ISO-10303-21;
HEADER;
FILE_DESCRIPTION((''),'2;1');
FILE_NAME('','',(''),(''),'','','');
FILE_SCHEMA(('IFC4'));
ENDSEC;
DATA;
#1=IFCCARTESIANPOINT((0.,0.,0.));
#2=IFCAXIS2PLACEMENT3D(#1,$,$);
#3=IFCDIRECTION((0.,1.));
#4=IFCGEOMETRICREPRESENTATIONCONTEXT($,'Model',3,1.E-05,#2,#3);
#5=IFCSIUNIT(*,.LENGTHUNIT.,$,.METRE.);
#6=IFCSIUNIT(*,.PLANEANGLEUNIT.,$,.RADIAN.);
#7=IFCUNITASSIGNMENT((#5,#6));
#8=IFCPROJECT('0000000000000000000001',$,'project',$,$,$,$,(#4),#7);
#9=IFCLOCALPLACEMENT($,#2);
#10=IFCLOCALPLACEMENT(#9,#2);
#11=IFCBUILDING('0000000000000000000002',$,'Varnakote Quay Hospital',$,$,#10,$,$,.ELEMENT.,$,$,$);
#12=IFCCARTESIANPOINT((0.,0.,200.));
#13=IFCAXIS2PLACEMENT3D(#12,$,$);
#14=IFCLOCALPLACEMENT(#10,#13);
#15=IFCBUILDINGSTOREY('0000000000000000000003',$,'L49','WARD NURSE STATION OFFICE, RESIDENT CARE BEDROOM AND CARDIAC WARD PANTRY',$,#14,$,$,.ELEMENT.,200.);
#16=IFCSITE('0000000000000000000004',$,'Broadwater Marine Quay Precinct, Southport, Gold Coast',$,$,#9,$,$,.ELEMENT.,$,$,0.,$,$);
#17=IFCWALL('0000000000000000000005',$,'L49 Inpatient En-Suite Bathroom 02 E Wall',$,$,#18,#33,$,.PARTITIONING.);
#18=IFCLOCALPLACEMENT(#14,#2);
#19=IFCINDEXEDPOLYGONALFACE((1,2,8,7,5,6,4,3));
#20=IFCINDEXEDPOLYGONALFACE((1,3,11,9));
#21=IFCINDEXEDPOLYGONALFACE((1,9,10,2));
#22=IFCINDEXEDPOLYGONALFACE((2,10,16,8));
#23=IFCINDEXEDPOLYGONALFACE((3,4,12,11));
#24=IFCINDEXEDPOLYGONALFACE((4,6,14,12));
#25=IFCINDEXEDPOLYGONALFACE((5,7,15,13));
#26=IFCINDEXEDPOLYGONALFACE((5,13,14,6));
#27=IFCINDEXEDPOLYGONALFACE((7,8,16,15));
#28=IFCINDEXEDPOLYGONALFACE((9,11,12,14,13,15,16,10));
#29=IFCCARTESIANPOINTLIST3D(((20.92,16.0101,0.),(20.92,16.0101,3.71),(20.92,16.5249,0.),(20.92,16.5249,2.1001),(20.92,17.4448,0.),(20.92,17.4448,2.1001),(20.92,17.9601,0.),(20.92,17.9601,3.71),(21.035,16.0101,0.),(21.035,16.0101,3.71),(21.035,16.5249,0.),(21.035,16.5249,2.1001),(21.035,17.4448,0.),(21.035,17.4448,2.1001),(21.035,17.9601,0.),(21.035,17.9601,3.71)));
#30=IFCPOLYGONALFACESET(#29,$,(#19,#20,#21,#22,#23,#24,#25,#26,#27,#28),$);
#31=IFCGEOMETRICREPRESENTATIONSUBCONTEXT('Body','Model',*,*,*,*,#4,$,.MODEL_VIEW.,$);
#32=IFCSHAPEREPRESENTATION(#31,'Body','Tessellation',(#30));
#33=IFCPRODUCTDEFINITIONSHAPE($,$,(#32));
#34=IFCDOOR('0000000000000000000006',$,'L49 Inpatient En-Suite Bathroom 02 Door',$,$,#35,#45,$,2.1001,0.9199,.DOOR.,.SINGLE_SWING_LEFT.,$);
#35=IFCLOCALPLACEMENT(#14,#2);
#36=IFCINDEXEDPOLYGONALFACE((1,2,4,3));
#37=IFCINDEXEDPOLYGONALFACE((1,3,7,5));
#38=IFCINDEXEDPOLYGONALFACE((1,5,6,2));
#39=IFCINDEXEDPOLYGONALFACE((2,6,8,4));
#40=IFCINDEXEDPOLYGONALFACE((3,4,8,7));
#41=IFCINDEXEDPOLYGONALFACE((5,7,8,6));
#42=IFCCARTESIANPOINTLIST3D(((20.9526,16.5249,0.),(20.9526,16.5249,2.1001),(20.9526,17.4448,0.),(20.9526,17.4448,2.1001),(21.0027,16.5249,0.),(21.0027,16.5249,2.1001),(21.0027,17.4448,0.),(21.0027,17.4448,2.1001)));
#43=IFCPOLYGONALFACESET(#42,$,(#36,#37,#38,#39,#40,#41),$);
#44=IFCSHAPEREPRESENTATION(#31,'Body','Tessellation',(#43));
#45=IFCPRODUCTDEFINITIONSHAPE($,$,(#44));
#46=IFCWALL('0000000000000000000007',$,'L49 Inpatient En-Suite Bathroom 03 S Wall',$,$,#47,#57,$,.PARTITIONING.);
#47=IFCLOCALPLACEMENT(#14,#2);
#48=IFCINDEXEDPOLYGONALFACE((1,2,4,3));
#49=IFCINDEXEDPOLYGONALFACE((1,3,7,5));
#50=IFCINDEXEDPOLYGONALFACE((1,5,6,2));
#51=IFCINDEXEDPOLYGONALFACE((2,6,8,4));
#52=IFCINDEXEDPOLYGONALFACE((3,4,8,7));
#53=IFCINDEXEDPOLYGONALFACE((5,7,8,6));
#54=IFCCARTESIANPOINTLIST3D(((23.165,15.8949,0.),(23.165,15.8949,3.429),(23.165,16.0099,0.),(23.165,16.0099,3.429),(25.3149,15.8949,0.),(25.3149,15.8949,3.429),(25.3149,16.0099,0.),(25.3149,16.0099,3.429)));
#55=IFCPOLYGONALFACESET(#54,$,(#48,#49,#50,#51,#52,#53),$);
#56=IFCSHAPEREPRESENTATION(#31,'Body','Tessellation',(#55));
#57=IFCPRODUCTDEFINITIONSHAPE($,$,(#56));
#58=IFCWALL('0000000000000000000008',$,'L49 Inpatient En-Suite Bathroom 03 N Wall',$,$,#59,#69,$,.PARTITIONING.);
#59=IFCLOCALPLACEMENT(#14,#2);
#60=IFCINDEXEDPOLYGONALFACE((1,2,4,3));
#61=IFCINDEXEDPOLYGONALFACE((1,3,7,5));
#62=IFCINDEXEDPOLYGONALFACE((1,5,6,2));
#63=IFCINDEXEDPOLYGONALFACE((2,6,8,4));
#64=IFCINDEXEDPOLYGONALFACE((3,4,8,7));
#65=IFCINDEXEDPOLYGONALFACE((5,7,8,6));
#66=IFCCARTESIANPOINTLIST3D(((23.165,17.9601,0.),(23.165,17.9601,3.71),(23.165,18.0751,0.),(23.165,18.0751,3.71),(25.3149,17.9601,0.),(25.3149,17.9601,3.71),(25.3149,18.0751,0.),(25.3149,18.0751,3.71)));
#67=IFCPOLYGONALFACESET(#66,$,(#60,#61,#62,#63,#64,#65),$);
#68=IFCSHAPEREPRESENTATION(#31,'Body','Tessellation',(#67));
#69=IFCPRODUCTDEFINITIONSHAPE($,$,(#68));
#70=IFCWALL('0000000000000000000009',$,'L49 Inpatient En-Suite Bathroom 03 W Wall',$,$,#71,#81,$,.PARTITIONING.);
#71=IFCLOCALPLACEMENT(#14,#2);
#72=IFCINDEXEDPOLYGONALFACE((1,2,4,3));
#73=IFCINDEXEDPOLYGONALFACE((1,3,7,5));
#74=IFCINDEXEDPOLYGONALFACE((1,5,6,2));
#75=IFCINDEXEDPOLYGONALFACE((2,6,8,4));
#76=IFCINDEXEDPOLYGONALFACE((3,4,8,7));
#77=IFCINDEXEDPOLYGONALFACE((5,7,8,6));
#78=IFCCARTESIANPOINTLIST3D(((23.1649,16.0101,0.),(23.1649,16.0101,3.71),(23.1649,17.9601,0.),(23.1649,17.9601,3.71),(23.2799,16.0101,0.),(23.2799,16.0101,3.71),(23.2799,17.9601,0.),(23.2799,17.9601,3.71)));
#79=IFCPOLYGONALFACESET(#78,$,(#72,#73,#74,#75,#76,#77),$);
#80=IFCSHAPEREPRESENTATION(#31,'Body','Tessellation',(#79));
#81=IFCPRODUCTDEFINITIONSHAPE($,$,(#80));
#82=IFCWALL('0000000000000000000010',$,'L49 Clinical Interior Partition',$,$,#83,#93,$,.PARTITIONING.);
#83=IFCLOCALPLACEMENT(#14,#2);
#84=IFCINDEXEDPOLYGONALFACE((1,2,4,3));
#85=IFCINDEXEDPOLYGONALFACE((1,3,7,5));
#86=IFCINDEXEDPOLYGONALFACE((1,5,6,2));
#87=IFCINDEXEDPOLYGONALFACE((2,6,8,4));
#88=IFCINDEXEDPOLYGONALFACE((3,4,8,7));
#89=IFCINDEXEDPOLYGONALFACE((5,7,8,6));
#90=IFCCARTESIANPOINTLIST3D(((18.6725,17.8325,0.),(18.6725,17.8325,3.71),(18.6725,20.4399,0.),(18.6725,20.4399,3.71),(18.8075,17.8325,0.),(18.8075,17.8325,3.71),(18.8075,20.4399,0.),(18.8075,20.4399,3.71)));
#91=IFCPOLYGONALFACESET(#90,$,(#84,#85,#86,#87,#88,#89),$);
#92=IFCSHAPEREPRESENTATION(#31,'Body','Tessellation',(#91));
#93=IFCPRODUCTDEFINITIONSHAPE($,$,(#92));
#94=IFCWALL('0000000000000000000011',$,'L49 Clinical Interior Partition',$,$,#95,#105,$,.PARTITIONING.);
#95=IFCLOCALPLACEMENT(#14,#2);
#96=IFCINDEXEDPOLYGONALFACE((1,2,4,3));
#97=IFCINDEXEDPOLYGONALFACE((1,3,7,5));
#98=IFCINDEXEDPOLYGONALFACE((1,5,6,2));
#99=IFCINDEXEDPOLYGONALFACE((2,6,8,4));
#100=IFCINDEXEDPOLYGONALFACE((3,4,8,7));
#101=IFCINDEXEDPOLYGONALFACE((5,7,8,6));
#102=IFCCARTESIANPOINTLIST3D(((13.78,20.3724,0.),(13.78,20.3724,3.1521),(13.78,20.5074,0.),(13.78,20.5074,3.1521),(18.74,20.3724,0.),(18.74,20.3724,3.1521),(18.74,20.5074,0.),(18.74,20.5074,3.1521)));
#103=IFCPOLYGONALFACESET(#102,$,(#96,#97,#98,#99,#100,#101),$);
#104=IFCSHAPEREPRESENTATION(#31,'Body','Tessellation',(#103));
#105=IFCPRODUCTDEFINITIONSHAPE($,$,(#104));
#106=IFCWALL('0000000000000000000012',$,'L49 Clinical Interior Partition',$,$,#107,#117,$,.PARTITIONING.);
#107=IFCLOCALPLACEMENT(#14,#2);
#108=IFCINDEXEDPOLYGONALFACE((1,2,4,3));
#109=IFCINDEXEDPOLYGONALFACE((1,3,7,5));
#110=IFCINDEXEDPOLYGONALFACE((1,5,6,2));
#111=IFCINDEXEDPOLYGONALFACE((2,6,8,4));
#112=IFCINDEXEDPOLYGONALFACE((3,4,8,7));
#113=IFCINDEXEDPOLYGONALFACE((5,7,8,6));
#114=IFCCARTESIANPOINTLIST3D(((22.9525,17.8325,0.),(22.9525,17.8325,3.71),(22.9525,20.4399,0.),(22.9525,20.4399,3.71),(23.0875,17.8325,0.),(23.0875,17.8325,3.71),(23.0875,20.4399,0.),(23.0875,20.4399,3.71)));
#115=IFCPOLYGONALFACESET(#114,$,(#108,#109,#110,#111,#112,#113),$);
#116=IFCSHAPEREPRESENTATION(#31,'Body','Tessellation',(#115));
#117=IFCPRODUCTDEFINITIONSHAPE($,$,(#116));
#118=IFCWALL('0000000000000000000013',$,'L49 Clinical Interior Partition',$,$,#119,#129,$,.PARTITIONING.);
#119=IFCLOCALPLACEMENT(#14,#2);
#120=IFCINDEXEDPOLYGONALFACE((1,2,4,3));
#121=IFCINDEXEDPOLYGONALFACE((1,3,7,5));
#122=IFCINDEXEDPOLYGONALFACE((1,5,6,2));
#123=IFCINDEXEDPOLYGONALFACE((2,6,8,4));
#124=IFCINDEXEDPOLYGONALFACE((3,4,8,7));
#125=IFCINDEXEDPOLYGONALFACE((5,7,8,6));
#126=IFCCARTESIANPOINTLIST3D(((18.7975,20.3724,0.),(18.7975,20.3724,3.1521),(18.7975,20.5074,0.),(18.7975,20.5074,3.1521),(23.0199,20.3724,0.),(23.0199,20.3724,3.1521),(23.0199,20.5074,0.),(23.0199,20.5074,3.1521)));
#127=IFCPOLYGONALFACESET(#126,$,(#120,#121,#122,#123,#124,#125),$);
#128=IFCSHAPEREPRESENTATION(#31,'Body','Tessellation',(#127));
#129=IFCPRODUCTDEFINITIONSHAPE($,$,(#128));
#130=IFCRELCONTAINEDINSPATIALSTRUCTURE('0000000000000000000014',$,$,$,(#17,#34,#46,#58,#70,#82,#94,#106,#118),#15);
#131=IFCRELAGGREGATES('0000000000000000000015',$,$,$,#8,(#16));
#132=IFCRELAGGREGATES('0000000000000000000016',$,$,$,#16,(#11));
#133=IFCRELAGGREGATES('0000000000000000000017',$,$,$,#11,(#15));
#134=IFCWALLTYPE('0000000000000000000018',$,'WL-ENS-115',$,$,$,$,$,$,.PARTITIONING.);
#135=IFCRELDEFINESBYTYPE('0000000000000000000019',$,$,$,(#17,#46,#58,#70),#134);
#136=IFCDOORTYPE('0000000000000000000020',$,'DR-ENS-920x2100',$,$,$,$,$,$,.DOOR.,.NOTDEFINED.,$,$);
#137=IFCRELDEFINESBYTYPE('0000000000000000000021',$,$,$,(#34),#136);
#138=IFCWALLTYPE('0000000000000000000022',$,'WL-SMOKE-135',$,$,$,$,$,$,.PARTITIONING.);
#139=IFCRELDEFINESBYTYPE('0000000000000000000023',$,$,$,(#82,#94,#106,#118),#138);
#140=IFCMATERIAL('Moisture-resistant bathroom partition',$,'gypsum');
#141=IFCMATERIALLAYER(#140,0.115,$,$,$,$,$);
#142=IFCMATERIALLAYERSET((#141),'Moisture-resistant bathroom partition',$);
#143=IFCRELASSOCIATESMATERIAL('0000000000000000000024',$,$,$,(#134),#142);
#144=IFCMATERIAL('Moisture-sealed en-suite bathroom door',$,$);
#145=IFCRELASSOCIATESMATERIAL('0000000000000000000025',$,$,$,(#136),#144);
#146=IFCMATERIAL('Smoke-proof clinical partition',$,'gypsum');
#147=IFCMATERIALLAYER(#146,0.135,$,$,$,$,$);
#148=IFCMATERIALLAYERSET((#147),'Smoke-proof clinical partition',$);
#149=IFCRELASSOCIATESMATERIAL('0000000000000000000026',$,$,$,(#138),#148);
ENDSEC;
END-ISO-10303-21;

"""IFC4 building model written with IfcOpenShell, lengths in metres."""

from ifc_helpers import new_model, si_unit, direction, frame, frame_2d, origin, place, context, subcontext, project, spatial, rectangle, extrude, material, layer, layer_set, type_object, element, fill, save


model = new_model("IFC4")

# Units and contexts
model_context = context("Model", 3, precision=1e-05, world=origin(), true_north=direction((0.0, 1.0)))
body_context = subcontext(model_context, "Body", "Model", "MODEL_VIEW")
ifc_project = project(units=[si_unit("LENGTHUNIT", "METRE"), si_unit("PLANEANGLEUNIT", "RADIAN")], contexts=[model_context])

# Site, building, storey
site_placement = place(None, origin())
site = spatial("IfcSite", under=ifc_project, at=site_placement, Name="Broadwater Marine Quay Precinct, Southport, Gold Coast", CompositionType="ELEMENT", RefElevation=0.0)
building_placement = place(site_placement, origin())
building = spatial("IfcBuilding", under=site, at=building_placement, Name="Varnakote Quay Hospital", CompositionType="ELEMENT")
storey_placement = place(building_placement, frame((0.0, 0.0, 200.0)))
storey = spatial("IfcBuildingStorey", under=building, at=storey_placement, Name="L49", Description="WARD NURSE STATION OFFICE, RESIDENT CARE BEDROOM AND CARDIAC WARD PANTRY", CompositionType="ELEMENT", Elevation=200.0)

# Shared definitions
ifc_material_1 = material(Name="Moisture-resistant bathroom partition", Category="gypsum")
ifc_layer_1 = layer(ifc_material_1, 0.115)
ifc_layer_set_1 = layer_set([ifc_layer_1], Name="Moisture-resistant bathroom partition")
wall_type_1 = type_object("IfcWallType", Name="WL-ENS-115", PredefinedType="PARTITIONING", material=ifc_layer_set_1)

# Shared definitions
ifc_material_2 = material(Name="Moisture-sealed en-suite bathroom door")
door_type_1 = type_object("IfcDoorType", Name="DR-ENS-920x2100", OperationType="NOTDEFINED", PredefinedType="DOOR", material=ifc_material_2)

# Wall, opening, door
wall_1_placement = place(storey_placement, frame((20.9775, 16.01, 0.0), z_axis=(0.0, 0.0, 1.0), x_axis=(0.0, 1.0, 0.0)))
wall_1 = element("IfcWall", 1, at=wall_1_placement, inside=storey, type_object=wall_type_1, Name="L49 Inpatient En-Suite Bathroom 02 E Wall", PredefinedType="PARTITIONING", context=body_context, shape_type="SweptSolid", body=[
    extrude(rectangle(XDim=1.95, YDim=0.115, at=frame_2d((0.9751, 0.0))), origin(), (0.0, 0.0, 1.0), 3.71),
])
opening_1_placement = place(wall_1_placement, frame((0.5149, 0.0, 0.0)))
opening_1 = element("IfcOpeningElement", 2, at=opening_1_placement, cuts=wall_1, PredefinedType="OPENING", context=body_context, shape_type="SweptSolid", body=[
    extrude(rectangle(XDim=0.9199, YDim=2.1001, at=frame_2d((0.46, 1.05))), frame((0.0, 0.0674, 0.0), z_axis=(0.0, -1.0, 0.0), x_axis=(1.0, 0.0, 0.0)), (0.0, 0.0, 1.0), 0.135),
])
door_1_placement = place(opening_1_placement, origin())
door_1 = element("IfcDoor", 3, at=door_1_placement, inside=storey, type_object=door_type_1, Name="L49 Inpatient En-Suite Bathroom 02 Door", OperationType="SINGLE_SWING_LEFT", OverallHeight=2.1001, OverallWidth=0.9199, PredefinedType="DOOR", context=body_context, shape_type="SweptSolid", body=[
    extrude(rectangle(XDim=0.9199, YDim=2.1001, at=frame_2d((0.46, 1.05))), frame((0.0, 0.0249, 0.0), z_axis=(0.0, -1.0, 0.0), x_axis=(1.0, 0.0, 0.0)), (0.0, 0.0, 1.0), 0.05),
])
fill(opening_1, door_1)

# Walls
wall_2_placement = place(storey_placement, frame((23.165, 15.9524, 0.0), z_axis=(0.0, 0.0, 1.0), x_axis=(1.0, 0.0, 0.0)))
element("IfcWall", 4, at=wall_2_placement, inside=storey, type_object=wall_type_1, Name="L49 Inpatient En-Suite Bathroom 03 S Wall", PredefinedType="PARTITIONING", context=body_context, shape_type="SweptSolid", body=[
    extrude(rectangle(XDim=2.1499, YDim=0.115, at=frame_2d((1.075, 0.0))), origin(), (0.0, 0.0, 1.0), 3.429),
])
wall_3_placement = place(storey_placement, frame((23.165, 18.0176, 0.0), z_axis=(0.0, 0.0, 1.0), x_axis=(1.0, 0.0, 0.0)))
element("IfcWall", 5, at=wall_3_placement, inside=storey, type_object=wall_type_1, Name="L49 Inpatient En-Suite Bathroom 03 N Wall", PredefinedType="PARTITIONING", context=body_context, shape_type="SweptSolid", body=[
    extrude(rectangle(XDim=2.1499, YDim=0.115, at=frame_2d((1.075, 0.0))), origin(), (0.0, 0.0, 1.0), 3.71),
])
wall_4_placement = place(storey_placement, frame((23.2224, 16.01, 0.0), z_axis=(0.0, 0.0, 1.0), x_axis=(0.0, 1.0, 0.0)))
element("IfcWall", 6, at=wall_4_placement, inside=storey, type_object=wall_type_1, Name="L49 Inpatient En-Suite Bathroom 03 W Wall", PredefinedType="PARTITIONING", context=body_context, shape_type="SweptSolid", body=[
    extrude(rectangle(XDim=1.95, YDim=0.115, at=frame_2d((0.9751, 0.0))), origin(), (0.0, 0.0, 1.0), 3.71),
])
ifc_material_3 = material(Name="Smoke-proof clinical partition", Category="gypsum")
ifc_layer_2 = layer(ifc_material_3, 0.135)
ifc_layer_set_2 = layer_set([ifc_layer_2], Name="Smoke-proof clinical partition")
wall_type_2 = type_object("IfcWallType", Name="WL-SMOKE-135", PredefinedType="PARTITIONING", material=ifc_layer_set_2)
wall_5_placement = place(storey_placement, frame((18.74, 17.8325, 0.0), z_axis=(0.0, 0.0, 1.0), x_axis=(0.0, 1.0, 0.0)))
element("IfcWall", 7, at=wall_5_placement, inside=storey, type_object=wall_type_2, Name="L49 Clinical Interior Partition", PredefinedType="PARTITIONING", context=body_context, shape_type="SweptSolid", body=[
    extrude(rectangle(XDim=2.6074, YDim=0.135, at=frame_2d((1.3037, 0.0))), origin(), (0.0, 0.0, 1.0), 3.71),
])
wall_6_placement = place(storey_placement, frame((18.74, 20.4399, 0.0), z_axis=(0.0, 0.0, 1.0), x_axis=(-1.0, 0.0, 0.0)))
element("IfcWall", 8, at=wall_6_placement, inside=storey, type_object=wall_type_2, Name="L49 Clinical Interior Partition", PredefinedType="PARTITIONING", context=body_context, shape_type="SweptSolid", body=[
    extrude(rectangle(XDim=4.96, YDim=0.135, at=frame_2d((2.48, 0.0))), origin(), (0.0, 0.0, 1.0), 3.1521),
])
wall_7_placement = place(storey_placement, frame((23.02, 17.8325, 0.0), z_axis=(0.0, 0.0, 1.0), x_axis=(0.0, 1.0, 0.0)))
element("IfcWall", 9, at=wall_7_placement, inside=storey, type_object=wall_type_2, Name="L49 Clinical Interior Partition", PredefinedType="PARTITIONING", context=body_context, shape_type="SweptSolid", body=[
    extrude(rectangle(XDim=2.6074, YDim=0.135, at=frame_2d((1.3037, 0.0))), origin(), (0.0, 0.0, 1.0), 3.71),
])
wall_8_placement = place(storey_placement, frame((23.02, 20.4399, 0.0), z_axis=(0.0, 0.0, 1.0), x_axis=(-1.0, 0.0, 0.0)))
element("IfcWall", 10, at=wall_8_placement, inside=storey, type_object=wall_type_2, Name="L49 Clinical Interior Partition", PredefinedType="PARTITIONING", context=body_context, shape_type="SweptSolid", body=[
    extrude(rectangle(XDim=4.2224, YDim=0.135, at=frame_2d((2.1113, 0.0))), origin(), (0.0, 0.0, 1.0), 3.1521),
])

save(model, "model.ifc")
